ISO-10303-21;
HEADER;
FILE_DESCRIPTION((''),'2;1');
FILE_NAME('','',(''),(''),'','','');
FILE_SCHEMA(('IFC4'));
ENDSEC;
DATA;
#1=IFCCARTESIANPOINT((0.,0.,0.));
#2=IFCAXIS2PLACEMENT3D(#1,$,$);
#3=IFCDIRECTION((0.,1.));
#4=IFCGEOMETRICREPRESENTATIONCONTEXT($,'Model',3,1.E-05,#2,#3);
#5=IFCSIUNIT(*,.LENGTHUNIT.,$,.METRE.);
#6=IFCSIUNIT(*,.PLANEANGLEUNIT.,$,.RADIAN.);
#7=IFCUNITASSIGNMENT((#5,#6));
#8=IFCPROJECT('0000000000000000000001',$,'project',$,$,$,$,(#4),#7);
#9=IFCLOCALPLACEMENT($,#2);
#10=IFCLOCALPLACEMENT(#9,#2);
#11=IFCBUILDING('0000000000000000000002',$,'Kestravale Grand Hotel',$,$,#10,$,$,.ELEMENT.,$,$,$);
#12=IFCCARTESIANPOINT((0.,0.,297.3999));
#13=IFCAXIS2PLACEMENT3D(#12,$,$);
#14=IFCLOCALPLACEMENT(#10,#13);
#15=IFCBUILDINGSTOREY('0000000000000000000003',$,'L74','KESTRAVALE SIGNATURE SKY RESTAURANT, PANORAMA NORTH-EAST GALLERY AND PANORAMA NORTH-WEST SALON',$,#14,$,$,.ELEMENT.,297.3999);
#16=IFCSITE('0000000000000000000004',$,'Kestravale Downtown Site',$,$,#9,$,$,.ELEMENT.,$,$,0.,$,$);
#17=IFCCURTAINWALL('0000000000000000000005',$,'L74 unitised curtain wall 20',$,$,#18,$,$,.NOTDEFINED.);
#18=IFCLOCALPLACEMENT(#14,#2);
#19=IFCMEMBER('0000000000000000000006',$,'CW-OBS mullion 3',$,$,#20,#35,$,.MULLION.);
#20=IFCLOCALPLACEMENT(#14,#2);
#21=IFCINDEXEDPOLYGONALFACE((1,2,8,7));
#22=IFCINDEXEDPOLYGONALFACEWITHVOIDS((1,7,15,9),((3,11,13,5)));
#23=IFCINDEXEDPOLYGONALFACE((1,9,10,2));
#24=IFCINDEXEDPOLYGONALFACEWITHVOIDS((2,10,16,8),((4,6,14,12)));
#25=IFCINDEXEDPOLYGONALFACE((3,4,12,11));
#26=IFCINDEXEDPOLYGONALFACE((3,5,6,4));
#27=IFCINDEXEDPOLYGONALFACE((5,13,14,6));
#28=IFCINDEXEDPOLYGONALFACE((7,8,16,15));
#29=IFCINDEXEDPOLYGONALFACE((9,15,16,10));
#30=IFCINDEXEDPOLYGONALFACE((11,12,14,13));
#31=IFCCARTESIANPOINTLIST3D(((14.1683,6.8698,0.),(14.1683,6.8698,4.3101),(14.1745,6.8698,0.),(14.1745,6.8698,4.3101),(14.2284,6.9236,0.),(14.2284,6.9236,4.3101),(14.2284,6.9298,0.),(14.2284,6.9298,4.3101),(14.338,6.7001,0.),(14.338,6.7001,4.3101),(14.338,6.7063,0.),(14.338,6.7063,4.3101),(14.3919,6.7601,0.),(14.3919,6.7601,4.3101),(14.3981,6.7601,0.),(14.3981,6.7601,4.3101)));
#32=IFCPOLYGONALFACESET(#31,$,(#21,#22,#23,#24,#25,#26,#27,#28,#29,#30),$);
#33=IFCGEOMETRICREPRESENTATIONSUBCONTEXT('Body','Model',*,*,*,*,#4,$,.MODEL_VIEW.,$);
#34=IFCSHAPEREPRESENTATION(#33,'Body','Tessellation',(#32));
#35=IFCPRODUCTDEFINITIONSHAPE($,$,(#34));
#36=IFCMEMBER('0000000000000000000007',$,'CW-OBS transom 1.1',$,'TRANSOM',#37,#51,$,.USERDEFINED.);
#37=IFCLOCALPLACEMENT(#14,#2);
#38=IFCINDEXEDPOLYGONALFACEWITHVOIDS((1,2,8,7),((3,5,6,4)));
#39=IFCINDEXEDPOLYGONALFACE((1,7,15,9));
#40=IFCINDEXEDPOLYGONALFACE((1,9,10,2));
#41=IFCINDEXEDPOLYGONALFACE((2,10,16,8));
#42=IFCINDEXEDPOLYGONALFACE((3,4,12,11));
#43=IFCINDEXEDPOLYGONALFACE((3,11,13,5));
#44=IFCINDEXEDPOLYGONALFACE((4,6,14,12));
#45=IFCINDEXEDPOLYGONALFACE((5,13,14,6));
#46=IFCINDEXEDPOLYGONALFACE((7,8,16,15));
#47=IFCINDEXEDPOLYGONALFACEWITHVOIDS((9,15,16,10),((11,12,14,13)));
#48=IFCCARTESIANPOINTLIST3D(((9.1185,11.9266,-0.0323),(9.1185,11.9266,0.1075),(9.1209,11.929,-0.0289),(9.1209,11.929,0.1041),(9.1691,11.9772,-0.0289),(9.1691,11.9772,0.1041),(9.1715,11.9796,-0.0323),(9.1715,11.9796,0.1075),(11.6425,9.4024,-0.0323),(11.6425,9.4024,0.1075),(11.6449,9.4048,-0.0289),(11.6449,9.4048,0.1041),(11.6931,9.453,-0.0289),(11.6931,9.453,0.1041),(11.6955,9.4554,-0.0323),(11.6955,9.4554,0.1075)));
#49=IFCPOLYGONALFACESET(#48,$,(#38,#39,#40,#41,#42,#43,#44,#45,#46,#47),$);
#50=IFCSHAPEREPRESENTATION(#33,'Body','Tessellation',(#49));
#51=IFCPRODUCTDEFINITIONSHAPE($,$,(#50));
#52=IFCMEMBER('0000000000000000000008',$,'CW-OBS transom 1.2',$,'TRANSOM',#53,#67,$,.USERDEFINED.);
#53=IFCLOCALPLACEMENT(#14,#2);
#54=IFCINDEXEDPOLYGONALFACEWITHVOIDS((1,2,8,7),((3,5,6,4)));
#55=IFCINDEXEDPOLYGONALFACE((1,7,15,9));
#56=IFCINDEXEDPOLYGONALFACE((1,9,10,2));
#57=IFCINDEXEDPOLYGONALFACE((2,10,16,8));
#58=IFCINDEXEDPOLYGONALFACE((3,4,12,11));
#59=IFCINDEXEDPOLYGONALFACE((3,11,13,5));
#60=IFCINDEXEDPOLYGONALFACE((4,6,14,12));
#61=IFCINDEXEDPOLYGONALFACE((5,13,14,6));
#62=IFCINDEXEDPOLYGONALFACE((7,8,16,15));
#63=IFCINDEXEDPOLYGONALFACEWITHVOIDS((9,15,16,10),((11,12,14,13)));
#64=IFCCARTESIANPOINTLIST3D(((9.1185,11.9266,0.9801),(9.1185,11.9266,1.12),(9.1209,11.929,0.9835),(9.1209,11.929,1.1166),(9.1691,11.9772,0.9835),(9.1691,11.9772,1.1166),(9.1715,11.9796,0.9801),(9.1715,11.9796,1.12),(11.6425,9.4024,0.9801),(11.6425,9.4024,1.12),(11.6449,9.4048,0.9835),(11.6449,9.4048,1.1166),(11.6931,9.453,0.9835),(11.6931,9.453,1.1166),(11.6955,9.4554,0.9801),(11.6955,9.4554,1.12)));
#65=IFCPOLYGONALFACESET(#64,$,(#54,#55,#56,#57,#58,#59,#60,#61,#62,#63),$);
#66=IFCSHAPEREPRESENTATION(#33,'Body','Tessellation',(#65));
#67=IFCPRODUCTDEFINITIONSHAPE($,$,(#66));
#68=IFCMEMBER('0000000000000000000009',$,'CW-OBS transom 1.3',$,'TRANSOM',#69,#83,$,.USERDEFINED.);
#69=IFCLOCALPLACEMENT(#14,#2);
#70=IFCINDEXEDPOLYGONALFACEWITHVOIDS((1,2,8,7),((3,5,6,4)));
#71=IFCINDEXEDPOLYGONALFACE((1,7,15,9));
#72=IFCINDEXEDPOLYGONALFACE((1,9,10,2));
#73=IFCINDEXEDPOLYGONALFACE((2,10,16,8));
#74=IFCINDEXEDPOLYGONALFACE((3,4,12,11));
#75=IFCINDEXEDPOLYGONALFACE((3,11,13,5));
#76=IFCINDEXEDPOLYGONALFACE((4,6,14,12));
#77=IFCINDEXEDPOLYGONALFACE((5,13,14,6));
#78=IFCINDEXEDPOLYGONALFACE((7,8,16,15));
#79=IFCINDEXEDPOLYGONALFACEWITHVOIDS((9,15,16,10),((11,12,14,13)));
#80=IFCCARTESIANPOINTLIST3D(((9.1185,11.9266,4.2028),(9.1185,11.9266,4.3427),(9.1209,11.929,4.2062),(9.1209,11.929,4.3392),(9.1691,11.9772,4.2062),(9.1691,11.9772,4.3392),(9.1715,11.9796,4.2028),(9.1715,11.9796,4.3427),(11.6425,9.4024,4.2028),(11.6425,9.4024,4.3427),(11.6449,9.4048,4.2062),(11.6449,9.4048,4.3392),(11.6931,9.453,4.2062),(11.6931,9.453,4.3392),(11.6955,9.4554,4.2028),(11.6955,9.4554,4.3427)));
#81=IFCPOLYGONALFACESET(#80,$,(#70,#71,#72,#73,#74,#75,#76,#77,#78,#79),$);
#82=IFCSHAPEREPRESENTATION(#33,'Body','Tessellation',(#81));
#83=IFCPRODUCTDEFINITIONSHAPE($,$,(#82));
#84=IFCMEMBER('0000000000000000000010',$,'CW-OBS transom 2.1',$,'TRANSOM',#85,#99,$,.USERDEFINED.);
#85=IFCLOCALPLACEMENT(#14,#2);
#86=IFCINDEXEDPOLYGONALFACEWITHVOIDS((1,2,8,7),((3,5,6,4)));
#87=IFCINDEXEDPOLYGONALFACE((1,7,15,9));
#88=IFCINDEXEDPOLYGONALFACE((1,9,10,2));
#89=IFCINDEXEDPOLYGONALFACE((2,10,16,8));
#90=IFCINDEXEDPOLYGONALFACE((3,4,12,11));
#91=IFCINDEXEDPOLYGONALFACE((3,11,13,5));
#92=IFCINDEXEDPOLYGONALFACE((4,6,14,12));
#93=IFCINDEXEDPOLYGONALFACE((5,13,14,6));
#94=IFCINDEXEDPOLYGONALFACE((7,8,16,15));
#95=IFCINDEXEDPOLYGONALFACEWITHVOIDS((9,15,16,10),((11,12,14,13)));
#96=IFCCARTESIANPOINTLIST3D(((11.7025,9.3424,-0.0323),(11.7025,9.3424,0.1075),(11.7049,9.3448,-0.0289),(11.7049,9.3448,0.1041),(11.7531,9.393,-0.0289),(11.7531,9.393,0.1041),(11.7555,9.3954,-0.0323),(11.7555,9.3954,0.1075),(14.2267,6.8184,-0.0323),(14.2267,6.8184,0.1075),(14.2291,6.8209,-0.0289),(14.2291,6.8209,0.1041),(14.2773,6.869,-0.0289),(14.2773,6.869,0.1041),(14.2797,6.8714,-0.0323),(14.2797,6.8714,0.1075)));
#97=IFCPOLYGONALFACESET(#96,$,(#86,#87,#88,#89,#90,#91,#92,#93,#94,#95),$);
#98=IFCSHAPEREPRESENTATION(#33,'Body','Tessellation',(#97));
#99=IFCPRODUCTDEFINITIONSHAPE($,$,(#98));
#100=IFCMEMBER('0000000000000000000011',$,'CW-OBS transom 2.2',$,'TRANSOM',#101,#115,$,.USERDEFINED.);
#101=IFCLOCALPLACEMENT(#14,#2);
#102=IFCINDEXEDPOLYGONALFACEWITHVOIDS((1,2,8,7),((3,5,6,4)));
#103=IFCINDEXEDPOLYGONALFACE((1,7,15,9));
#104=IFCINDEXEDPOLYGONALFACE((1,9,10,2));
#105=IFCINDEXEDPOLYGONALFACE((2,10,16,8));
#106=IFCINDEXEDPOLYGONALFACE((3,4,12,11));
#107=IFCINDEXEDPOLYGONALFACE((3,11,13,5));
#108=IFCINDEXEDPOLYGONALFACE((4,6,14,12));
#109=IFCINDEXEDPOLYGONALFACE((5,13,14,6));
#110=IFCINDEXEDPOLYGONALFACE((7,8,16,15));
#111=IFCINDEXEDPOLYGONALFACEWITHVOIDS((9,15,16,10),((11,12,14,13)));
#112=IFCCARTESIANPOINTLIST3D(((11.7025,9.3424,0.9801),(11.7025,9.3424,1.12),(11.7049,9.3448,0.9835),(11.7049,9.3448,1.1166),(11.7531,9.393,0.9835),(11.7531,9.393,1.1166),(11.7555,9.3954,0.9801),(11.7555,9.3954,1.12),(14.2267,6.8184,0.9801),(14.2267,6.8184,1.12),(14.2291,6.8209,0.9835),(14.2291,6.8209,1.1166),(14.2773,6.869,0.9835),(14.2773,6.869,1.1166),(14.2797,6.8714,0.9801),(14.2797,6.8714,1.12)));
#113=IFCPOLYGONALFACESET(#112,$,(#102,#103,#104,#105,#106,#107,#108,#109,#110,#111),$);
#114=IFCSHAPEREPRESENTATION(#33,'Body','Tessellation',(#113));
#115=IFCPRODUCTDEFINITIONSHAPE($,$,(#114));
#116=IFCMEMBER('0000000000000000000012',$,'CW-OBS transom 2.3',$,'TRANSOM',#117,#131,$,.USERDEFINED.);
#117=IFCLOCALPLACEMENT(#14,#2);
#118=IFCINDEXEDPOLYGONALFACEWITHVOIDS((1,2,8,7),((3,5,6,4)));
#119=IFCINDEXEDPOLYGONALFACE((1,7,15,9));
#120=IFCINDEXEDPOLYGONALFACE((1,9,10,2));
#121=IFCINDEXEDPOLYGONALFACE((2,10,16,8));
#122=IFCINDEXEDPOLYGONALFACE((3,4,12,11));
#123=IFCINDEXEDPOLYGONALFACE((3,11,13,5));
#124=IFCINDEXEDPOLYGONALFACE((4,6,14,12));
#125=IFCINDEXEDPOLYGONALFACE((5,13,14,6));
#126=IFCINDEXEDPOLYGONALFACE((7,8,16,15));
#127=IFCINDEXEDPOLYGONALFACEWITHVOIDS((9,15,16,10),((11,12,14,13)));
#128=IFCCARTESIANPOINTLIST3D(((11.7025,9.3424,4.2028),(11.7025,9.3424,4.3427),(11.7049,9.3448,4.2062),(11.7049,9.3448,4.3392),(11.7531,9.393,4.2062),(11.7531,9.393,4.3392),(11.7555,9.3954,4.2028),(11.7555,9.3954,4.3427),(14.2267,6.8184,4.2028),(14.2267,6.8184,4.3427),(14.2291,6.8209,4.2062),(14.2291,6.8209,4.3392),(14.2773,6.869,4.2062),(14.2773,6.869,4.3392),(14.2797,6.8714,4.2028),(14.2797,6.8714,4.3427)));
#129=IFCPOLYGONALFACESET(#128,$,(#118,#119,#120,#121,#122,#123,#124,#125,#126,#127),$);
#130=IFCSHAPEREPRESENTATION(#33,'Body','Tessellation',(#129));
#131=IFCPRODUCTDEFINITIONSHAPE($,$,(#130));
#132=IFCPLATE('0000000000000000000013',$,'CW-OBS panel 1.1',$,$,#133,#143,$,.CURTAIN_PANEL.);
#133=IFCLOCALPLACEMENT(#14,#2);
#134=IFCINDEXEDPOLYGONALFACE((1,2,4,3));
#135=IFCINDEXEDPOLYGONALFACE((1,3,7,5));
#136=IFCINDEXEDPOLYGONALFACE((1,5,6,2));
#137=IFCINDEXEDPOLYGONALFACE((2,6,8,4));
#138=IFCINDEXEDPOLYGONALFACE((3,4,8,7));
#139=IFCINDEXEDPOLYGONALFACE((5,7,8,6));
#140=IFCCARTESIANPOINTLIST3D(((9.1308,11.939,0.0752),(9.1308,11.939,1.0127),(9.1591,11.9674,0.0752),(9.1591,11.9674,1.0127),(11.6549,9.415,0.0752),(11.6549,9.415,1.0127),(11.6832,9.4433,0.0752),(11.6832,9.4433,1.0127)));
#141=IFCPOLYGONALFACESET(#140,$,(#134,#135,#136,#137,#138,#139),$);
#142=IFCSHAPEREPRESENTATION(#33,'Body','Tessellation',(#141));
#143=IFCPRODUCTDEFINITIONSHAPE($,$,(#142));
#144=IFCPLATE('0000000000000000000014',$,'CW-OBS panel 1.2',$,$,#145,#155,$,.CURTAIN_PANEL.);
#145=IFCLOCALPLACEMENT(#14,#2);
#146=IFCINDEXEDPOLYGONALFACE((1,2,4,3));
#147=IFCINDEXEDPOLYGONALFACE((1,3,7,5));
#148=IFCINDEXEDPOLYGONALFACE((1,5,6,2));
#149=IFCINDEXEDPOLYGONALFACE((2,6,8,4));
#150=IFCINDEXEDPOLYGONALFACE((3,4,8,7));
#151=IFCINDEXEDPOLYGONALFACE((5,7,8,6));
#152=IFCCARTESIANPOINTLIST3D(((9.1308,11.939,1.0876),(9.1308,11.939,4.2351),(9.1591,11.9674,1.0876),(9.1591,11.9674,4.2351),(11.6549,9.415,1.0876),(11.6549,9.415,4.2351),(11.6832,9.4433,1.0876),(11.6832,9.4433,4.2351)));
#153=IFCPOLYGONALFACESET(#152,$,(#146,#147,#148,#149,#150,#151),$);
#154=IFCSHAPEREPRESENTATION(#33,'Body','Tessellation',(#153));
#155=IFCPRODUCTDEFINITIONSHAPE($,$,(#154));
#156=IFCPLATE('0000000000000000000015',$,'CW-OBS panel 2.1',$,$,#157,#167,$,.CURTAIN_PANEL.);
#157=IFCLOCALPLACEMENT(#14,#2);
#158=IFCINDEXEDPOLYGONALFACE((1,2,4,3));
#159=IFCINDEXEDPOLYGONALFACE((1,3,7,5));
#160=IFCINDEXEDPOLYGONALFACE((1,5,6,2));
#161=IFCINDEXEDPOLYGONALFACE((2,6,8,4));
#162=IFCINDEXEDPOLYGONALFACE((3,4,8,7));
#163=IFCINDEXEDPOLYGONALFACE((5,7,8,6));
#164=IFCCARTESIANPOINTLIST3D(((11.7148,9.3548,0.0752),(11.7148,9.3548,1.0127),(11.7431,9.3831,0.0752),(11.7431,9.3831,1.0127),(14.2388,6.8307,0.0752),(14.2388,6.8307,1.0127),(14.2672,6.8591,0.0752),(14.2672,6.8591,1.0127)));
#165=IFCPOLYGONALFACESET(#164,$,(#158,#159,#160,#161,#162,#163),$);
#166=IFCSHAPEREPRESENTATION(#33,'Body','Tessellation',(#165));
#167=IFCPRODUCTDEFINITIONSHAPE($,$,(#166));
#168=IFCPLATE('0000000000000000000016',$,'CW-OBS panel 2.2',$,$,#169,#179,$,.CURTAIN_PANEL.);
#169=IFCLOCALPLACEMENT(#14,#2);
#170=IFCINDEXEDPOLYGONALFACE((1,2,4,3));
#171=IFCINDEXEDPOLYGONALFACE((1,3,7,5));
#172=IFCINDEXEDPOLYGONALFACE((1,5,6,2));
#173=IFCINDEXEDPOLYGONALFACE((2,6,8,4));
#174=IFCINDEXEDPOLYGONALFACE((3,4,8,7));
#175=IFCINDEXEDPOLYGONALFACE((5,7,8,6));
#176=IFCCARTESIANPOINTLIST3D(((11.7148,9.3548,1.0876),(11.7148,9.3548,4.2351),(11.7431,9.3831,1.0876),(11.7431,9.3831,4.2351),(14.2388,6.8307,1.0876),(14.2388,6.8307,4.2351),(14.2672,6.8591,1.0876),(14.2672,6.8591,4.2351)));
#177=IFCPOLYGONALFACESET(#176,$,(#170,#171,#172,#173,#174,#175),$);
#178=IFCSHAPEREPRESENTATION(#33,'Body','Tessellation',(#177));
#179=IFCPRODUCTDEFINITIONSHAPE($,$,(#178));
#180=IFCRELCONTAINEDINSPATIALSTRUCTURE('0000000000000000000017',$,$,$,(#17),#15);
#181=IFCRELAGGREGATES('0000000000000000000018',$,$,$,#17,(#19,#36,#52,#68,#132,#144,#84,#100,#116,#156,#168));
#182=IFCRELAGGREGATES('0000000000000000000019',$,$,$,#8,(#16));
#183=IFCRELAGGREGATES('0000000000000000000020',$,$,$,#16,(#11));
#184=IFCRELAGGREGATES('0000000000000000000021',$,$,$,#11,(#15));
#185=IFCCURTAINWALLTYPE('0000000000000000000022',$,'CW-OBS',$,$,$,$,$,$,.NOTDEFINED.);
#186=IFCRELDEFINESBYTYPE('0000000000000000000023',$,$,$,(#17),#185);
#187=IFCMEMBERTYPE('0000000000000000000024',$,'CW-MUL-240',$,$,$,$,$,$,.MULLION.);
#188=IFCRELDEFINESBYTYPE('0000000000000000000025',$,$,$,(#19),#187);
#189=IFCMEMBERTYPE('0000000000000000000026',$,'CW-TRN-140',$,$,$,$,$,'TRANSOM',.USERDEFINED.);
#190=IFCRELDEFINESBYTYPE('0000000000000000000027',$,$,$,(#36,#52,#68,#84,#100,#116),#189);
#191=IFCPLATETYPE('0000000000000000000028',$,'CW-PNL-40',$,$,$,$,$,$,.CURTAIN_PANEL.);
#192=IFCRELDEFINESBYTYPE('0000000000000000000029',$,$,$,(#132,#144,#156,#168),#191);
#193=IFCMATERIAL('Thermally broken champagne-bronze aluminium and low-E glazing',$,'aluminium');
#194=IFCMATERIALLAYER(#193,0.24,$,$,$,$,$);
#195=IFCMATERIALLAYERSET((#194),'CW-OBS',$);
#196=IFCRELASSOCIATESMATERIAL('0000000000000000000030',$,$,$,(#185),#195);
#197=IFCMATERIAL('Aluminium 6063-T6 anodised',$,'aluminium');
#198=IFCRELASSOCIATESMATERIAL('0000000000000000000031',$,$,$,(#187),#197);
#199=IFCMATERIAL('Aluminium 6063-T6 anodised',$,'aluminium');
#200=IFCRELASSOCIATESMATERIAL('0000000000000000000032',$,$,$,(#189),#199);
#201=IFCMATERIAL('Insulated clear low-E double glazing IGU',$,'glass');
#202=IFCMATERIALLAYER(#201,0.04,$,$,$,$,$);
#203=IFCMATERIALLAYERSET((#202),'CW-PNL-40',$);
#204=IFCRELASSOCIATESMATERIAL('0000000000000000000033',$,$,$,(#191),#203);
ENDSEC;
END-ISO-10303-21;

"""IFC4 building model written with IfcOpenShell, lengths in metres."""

from ifc_helpers import new_model, si_unit, direction, frame, origin, origin_2d, place, context, subcontext, project, spatial, rectangle, hollow_rectangle, extrude, material, layer, layer_set, material_profile, profile_set, type_object, element, aggregate, save


model = new_model("IFC4")

# Units and contexts
model_context = context("Model", 3, precision=1e-05, world=origin(), true_north=direction((0.0, 1.0)))
body_context = subcontext(model_context, "Body", "Model", "MODEL_VIEW")
ifc_project = project(units=[si_unit("LENGTHUNIT", "METRE"), si_unit("PLANEANGLEUNIT", "RADIAN")], contexts=[model_context])

# Site, building, storey
site_placement = place(None, origin())
site = spatial("IfcSite", under=ifc_project, at=site_placement, Name="Kestravale Downtown Site", CompositionType="ELEMENT", RefElevation=0.0)
building_placement = place(site_placement, origin())
building = spatial("IfcBuilding", under=site, at=building_placement, Name="Kestravale Grand Hotel", CompositionType="ELEMENT")
storey_placement = place(building_placement, frame((0.0, 0.0, 297.3999)))
storey = spatial("IfcBuildingStorey", under=building, at=storey_placement, Name="L74", Description="KESTRAVALE SIGNATURE SKY RESTAURANT, PANORAMA NORTH-EAST GALLERY AND PANORAMA NORTH-WEST SALON", CompositionType="ELEMENT", Elevation=297.3999)

# Curtain wall, members, plates
ifc_material_1 = material(Name="Thermally broken champagne-bronze aluminium and low-E glazing", Category="aluminium")
ifc_layer_1 = layer(ifc_material_1, 0.24)
ifc_layer_set_1 = layer_set([ifc_layer_1], Name="CW-OBS")
curtain_wall_type = type_object("IfcCurtainWallType", Name="CW-OBS", PredefinedType="NOTDEFINED", material=ifc_layer_set_1)
curtain_wall_placement = place(storey_placement, origin())
curtain_wall = element("IfcCurtainWall", 1, at=curtain_wall_placement, inside=storey, type_object=curtain_wall_type, Name="L74 unitised curtain wall 20", PredefinedType="NOTDEFINED")
ifc_material_2 = material(Name="Aluminium 6063-T6 anodised", Category="aluminium")
ifc_material_profile_1 = material_profile(ifc_material_2, hollow_rectangle(XDim=0.085, YDim=0.24, WallThickness=0.0044, at=origin_2d()))
ifc_profile_set_1 = profile_set([ifc_material_profile_1], Name="Aluminium 6063-T6 anodised")
member_type_1 = type_object("IfcMemberType", Name="CW-MUL-240", PredefinedType="MULLION", material=ifc_profile_set_1)
member_1_placement = place(storey_placement, frame((14.2832, 6.8149, 0.0), z_axis=(0.0, 0.0, 1.0), x_axis=(0.707107, 0.707107, 0.0)))
member_1 = element("IfcMember", 2, at=member_1_placement, type_object=member_type_1, Name="CW-OBS mullion 3", PredefinedType="MULLION", context=body_context, shape_type="SweptSolid", body=[
    extrude(hollow_rectangle(XDim=0.085, YDim=0.24, WallThickness=0.0044, at=origin_2d()), origin(), (0.0, 0.0, 1.0), 4.3101),
])
ifc_material_3 = material(Name="Aluminium 6063-T6 anodised", Category="aluminium")
ifc_material_profile_2 = material_profile(ifc_material_3, hollow_rectangle(XDim=0.075, YDim=0.1399, WallThickness=0.0034, at=origin_2d()))
ifc_profile_set_2 = profile_set([ifc_material_profile_2], Name="Aluminium 6063-T6 anodised")
member_type_2 = type_object("IfcMemberType", Name="CW-TRN-140", ElementType="TRANSOM", PredefinedType="USERDEFINED", material=ifc_profile_set_2)
member_2_placement = place(storey_placement, frame((9.145, 11.9531, 0.0376), z_axis=(0.707073, -0.707141, 0.0), x_axis=(0.707141, 0.707073, 0.0)))
member_2 = element("IfcMember", 3, at=member_2_placement, type_object=member_type_2, Name="CW-OBS transom 1.1", ObjectType="TRANSOM", PredefinedType="USERDEFINED", context=body_context, shape_type="SweptSolid", body=[
    extrude(hollow_rectangle(XDim=0.075, YDim=0.1399, WallThickness=0.0034, at=origin_2d()), origin(), (0.0, 0.0, 1.0), 3.5696),
])
member_3_placement = place(storey_placement, frame((9.145, 11.9531, 1.05), z_axis=(0.707073, -0.707141, 0.0), x_axis=(0.707141, 0.707073, 0.0)))
member_3 = element("IfcMember", 4, at=member_3_placement, type_object=member_type_2, Name="CW-OBS transom 1.2", ObjectType="TRANSOM", PredefinedType="USERDEFINED", context=body_context, shape_type="SweptSolid", body=[
    extrude(hollow_rectangle(XDim=0.075, YDim=0.1399, WallThickness=0.0034, at=origin_2d()), origin(), (0.0, 0.0, 1.0), 3.5696),
])
member_4_placement = place(storey_placement, frame((9.145, 11.9531, 4.2727), z_axis=(0.707073, -0.707141, 0.0), x_axis=(0.707141, 0.707073, 0.0)))
member_4 = element("IfcMember", 5, at=member_4_placement, type_object=member_type_2, Name="CW-OBS transom 1.3", ObjectType="TRANSOM", PredefinedType="USERDEFINED", context=body_context, shape_type="SweptSolid", body=[
    extrude(hollow_rectangle(XDim=0.075, YDim=0.1399, WallThickness=0.0034, at=origin_2d()), origin(), (0.0, 0.0, 1.0), 3.5696),
])
member_5_placement = place(storey_placement, frame((11.729, 9.3689, 0.0376), z_axis=(0.707141, -0.707073, 0.0), x_axis=(0.707073, 0.707141, 0.0)))
member_5 = element("IfcMember", 6, at=member_5_placement, type_object=member_type_2, Name="CW-OBS transom 2.1", ObjectType="TRANSOM", PredefinedType="USERDEFINED", context=body_context, shape_type="SweptSolid", body=[
    extrude(hollow_rectangle(XDim=0.075, YDim=0.1399, WallThickness=0.0034, at=origin_2d()), origin(), (0.0, 0.0, 1.0), 3.5696),
])
member_6_placement = place(storey_placement, frame((11.729, 9.3689, 1.05), z_axis=(0.707141, -0.707073, 0.0), x_axis=(0.707073, 0.707141, 0.0)))
member_6 = element("IfcMember", 7, at=member_6_placement, type_object=member_type_2, Name="CW-OBS transom 2.2", ObjectType="TRANSOM", PredefinedType="USERDEFINED", context=body_context, shape_type="SweptSolid", body=[
    extrude(hollow_rectangle(XDim=0.075, YDim=0.1399, WallThickness=0.0034, at=origin_2d()), origin(), (0.0, 0.0, 1.0), 3.5696),
])
member_7_placement = place(storey_placement, frame((11.729, 9.3689, 4.2727), z_axis=(0.707141, -0.707073, 0.0), x_axis=(0.707073, 0.707141, 0.0)))
member_7 = element("IfcMember", 8, at=member_7_placement, type_object=member_type_2, Name="CW-OBS transom 2.3", ObjectType="TRANSOM", PredefinedType="USERDEFINED", context=body_context, shape_type="SweptSolid", body=[
    extrude(hollow_rectangle(XDim=0.075, YDim=0.1399, WallThickness=0.0034, at=origin_2d()), origin(), (0.0, 0.0, 1.0), 3.5696),
])
ifc_material_4 = material(Name="Insulated clear low-E double glazing IGU", Category="glass")
ifc_layer_2 = layer(ifc_material_4, 0.04)
ifc_layer_set_2 = layer_set([ifc_layer_2], Name="CW-PNL-40")
plate_type = type_object("IfcPlateType", Name="CW-PNL-40", PredefinedType="CURTAIN_PANEL", material=ifc_layer_set_2)
plate_1_placement = place(storey_placement, frame((10.407, 10.6912, 0.0752), z_axis=(0.0, 0.0, 1.0), x_axis=(0.707107, -0.707107, 0.0)))
plate_1 = element("IfcPlate", 9, at=plate_1_placement, type_object=plate_type, Name="CW-OBS panel 1.1", PredefinedType="CURTAIN_PANEL", context=body_context, shape_type="SweptSolid", body=[
    extrude(rectangle(XDim=3.5696, YDim=0.04, at=origin_2d()), origin(), (0.0, 0.0, 1.0), 0.9375),
])
plate_2_placement = place(storey_placement, frame((10.407, 10.6912, 1.0876), z_axis=(0.0, 0.0, 1.0), x_axis=(0.707107, -0.707107, 0.0)))
plate_2 = element("IfcPlate", 10, at=plate_2_placement, type_object=plate_type, Name="CW-OBS panel 1.2", PredefinedType="CURTAIN_PANEL", context=body_context, shape_type="SweptSolid", body=[
    extrude(rectangle(XDim=3.5696, YDim=0.04, at=origin_2d()), origin(), (0.0, 0.0, 1.0), 3.1475),
])
plate_3_placement = place(storey_placement, frame((12.991, 8.1069, 0.0752), z_axis=(0.0, 0.0, 1.0), x_axis=(0.707107, -0.707107, 0.0)))
plate_3 = element("IfcPlate", 11, at=plate_3_placement, type_object=plate_type, Name="CW-OBS panel 2.1", PredefinedType="CURTAIN_PANEL", context=body_context, shape_type="SweptSolid", body=[
    extrude(rectangle(XDim=3.5696, YDim=0.04, at=origin_2d()), origin(), (0.0, 0.0, 1.0), 0.9375),
])
plate_4_placement = place(storey_placement, frame((12.991, 8.1069, 1.0876), z_axis=(0.0, 0.0, 1.0), x_axis=(0.707107, -0.707107, 0.0)))
plate_4 = element("IfcPlate", 12, at=plate_4_placement, type_object=plate_type, Name="CW-OBS panel 2.2", PredefinedType="CURTAIN_PANEL", context=body_context, shape_type="SweptSolid", body=[
    extrude(rectangle(XDim=3.5696, YDim=0.04, at=origin_2d()), origin(), (0.0, 0.0, 1.0), 3.1475),
])
aggregate(curtain_wall, [member_1, member_2, member_3, member_4, plate_1, plate_2, member_5, member_6, member_7, plate_3, plate_4])

save(model, "model.ifc")
